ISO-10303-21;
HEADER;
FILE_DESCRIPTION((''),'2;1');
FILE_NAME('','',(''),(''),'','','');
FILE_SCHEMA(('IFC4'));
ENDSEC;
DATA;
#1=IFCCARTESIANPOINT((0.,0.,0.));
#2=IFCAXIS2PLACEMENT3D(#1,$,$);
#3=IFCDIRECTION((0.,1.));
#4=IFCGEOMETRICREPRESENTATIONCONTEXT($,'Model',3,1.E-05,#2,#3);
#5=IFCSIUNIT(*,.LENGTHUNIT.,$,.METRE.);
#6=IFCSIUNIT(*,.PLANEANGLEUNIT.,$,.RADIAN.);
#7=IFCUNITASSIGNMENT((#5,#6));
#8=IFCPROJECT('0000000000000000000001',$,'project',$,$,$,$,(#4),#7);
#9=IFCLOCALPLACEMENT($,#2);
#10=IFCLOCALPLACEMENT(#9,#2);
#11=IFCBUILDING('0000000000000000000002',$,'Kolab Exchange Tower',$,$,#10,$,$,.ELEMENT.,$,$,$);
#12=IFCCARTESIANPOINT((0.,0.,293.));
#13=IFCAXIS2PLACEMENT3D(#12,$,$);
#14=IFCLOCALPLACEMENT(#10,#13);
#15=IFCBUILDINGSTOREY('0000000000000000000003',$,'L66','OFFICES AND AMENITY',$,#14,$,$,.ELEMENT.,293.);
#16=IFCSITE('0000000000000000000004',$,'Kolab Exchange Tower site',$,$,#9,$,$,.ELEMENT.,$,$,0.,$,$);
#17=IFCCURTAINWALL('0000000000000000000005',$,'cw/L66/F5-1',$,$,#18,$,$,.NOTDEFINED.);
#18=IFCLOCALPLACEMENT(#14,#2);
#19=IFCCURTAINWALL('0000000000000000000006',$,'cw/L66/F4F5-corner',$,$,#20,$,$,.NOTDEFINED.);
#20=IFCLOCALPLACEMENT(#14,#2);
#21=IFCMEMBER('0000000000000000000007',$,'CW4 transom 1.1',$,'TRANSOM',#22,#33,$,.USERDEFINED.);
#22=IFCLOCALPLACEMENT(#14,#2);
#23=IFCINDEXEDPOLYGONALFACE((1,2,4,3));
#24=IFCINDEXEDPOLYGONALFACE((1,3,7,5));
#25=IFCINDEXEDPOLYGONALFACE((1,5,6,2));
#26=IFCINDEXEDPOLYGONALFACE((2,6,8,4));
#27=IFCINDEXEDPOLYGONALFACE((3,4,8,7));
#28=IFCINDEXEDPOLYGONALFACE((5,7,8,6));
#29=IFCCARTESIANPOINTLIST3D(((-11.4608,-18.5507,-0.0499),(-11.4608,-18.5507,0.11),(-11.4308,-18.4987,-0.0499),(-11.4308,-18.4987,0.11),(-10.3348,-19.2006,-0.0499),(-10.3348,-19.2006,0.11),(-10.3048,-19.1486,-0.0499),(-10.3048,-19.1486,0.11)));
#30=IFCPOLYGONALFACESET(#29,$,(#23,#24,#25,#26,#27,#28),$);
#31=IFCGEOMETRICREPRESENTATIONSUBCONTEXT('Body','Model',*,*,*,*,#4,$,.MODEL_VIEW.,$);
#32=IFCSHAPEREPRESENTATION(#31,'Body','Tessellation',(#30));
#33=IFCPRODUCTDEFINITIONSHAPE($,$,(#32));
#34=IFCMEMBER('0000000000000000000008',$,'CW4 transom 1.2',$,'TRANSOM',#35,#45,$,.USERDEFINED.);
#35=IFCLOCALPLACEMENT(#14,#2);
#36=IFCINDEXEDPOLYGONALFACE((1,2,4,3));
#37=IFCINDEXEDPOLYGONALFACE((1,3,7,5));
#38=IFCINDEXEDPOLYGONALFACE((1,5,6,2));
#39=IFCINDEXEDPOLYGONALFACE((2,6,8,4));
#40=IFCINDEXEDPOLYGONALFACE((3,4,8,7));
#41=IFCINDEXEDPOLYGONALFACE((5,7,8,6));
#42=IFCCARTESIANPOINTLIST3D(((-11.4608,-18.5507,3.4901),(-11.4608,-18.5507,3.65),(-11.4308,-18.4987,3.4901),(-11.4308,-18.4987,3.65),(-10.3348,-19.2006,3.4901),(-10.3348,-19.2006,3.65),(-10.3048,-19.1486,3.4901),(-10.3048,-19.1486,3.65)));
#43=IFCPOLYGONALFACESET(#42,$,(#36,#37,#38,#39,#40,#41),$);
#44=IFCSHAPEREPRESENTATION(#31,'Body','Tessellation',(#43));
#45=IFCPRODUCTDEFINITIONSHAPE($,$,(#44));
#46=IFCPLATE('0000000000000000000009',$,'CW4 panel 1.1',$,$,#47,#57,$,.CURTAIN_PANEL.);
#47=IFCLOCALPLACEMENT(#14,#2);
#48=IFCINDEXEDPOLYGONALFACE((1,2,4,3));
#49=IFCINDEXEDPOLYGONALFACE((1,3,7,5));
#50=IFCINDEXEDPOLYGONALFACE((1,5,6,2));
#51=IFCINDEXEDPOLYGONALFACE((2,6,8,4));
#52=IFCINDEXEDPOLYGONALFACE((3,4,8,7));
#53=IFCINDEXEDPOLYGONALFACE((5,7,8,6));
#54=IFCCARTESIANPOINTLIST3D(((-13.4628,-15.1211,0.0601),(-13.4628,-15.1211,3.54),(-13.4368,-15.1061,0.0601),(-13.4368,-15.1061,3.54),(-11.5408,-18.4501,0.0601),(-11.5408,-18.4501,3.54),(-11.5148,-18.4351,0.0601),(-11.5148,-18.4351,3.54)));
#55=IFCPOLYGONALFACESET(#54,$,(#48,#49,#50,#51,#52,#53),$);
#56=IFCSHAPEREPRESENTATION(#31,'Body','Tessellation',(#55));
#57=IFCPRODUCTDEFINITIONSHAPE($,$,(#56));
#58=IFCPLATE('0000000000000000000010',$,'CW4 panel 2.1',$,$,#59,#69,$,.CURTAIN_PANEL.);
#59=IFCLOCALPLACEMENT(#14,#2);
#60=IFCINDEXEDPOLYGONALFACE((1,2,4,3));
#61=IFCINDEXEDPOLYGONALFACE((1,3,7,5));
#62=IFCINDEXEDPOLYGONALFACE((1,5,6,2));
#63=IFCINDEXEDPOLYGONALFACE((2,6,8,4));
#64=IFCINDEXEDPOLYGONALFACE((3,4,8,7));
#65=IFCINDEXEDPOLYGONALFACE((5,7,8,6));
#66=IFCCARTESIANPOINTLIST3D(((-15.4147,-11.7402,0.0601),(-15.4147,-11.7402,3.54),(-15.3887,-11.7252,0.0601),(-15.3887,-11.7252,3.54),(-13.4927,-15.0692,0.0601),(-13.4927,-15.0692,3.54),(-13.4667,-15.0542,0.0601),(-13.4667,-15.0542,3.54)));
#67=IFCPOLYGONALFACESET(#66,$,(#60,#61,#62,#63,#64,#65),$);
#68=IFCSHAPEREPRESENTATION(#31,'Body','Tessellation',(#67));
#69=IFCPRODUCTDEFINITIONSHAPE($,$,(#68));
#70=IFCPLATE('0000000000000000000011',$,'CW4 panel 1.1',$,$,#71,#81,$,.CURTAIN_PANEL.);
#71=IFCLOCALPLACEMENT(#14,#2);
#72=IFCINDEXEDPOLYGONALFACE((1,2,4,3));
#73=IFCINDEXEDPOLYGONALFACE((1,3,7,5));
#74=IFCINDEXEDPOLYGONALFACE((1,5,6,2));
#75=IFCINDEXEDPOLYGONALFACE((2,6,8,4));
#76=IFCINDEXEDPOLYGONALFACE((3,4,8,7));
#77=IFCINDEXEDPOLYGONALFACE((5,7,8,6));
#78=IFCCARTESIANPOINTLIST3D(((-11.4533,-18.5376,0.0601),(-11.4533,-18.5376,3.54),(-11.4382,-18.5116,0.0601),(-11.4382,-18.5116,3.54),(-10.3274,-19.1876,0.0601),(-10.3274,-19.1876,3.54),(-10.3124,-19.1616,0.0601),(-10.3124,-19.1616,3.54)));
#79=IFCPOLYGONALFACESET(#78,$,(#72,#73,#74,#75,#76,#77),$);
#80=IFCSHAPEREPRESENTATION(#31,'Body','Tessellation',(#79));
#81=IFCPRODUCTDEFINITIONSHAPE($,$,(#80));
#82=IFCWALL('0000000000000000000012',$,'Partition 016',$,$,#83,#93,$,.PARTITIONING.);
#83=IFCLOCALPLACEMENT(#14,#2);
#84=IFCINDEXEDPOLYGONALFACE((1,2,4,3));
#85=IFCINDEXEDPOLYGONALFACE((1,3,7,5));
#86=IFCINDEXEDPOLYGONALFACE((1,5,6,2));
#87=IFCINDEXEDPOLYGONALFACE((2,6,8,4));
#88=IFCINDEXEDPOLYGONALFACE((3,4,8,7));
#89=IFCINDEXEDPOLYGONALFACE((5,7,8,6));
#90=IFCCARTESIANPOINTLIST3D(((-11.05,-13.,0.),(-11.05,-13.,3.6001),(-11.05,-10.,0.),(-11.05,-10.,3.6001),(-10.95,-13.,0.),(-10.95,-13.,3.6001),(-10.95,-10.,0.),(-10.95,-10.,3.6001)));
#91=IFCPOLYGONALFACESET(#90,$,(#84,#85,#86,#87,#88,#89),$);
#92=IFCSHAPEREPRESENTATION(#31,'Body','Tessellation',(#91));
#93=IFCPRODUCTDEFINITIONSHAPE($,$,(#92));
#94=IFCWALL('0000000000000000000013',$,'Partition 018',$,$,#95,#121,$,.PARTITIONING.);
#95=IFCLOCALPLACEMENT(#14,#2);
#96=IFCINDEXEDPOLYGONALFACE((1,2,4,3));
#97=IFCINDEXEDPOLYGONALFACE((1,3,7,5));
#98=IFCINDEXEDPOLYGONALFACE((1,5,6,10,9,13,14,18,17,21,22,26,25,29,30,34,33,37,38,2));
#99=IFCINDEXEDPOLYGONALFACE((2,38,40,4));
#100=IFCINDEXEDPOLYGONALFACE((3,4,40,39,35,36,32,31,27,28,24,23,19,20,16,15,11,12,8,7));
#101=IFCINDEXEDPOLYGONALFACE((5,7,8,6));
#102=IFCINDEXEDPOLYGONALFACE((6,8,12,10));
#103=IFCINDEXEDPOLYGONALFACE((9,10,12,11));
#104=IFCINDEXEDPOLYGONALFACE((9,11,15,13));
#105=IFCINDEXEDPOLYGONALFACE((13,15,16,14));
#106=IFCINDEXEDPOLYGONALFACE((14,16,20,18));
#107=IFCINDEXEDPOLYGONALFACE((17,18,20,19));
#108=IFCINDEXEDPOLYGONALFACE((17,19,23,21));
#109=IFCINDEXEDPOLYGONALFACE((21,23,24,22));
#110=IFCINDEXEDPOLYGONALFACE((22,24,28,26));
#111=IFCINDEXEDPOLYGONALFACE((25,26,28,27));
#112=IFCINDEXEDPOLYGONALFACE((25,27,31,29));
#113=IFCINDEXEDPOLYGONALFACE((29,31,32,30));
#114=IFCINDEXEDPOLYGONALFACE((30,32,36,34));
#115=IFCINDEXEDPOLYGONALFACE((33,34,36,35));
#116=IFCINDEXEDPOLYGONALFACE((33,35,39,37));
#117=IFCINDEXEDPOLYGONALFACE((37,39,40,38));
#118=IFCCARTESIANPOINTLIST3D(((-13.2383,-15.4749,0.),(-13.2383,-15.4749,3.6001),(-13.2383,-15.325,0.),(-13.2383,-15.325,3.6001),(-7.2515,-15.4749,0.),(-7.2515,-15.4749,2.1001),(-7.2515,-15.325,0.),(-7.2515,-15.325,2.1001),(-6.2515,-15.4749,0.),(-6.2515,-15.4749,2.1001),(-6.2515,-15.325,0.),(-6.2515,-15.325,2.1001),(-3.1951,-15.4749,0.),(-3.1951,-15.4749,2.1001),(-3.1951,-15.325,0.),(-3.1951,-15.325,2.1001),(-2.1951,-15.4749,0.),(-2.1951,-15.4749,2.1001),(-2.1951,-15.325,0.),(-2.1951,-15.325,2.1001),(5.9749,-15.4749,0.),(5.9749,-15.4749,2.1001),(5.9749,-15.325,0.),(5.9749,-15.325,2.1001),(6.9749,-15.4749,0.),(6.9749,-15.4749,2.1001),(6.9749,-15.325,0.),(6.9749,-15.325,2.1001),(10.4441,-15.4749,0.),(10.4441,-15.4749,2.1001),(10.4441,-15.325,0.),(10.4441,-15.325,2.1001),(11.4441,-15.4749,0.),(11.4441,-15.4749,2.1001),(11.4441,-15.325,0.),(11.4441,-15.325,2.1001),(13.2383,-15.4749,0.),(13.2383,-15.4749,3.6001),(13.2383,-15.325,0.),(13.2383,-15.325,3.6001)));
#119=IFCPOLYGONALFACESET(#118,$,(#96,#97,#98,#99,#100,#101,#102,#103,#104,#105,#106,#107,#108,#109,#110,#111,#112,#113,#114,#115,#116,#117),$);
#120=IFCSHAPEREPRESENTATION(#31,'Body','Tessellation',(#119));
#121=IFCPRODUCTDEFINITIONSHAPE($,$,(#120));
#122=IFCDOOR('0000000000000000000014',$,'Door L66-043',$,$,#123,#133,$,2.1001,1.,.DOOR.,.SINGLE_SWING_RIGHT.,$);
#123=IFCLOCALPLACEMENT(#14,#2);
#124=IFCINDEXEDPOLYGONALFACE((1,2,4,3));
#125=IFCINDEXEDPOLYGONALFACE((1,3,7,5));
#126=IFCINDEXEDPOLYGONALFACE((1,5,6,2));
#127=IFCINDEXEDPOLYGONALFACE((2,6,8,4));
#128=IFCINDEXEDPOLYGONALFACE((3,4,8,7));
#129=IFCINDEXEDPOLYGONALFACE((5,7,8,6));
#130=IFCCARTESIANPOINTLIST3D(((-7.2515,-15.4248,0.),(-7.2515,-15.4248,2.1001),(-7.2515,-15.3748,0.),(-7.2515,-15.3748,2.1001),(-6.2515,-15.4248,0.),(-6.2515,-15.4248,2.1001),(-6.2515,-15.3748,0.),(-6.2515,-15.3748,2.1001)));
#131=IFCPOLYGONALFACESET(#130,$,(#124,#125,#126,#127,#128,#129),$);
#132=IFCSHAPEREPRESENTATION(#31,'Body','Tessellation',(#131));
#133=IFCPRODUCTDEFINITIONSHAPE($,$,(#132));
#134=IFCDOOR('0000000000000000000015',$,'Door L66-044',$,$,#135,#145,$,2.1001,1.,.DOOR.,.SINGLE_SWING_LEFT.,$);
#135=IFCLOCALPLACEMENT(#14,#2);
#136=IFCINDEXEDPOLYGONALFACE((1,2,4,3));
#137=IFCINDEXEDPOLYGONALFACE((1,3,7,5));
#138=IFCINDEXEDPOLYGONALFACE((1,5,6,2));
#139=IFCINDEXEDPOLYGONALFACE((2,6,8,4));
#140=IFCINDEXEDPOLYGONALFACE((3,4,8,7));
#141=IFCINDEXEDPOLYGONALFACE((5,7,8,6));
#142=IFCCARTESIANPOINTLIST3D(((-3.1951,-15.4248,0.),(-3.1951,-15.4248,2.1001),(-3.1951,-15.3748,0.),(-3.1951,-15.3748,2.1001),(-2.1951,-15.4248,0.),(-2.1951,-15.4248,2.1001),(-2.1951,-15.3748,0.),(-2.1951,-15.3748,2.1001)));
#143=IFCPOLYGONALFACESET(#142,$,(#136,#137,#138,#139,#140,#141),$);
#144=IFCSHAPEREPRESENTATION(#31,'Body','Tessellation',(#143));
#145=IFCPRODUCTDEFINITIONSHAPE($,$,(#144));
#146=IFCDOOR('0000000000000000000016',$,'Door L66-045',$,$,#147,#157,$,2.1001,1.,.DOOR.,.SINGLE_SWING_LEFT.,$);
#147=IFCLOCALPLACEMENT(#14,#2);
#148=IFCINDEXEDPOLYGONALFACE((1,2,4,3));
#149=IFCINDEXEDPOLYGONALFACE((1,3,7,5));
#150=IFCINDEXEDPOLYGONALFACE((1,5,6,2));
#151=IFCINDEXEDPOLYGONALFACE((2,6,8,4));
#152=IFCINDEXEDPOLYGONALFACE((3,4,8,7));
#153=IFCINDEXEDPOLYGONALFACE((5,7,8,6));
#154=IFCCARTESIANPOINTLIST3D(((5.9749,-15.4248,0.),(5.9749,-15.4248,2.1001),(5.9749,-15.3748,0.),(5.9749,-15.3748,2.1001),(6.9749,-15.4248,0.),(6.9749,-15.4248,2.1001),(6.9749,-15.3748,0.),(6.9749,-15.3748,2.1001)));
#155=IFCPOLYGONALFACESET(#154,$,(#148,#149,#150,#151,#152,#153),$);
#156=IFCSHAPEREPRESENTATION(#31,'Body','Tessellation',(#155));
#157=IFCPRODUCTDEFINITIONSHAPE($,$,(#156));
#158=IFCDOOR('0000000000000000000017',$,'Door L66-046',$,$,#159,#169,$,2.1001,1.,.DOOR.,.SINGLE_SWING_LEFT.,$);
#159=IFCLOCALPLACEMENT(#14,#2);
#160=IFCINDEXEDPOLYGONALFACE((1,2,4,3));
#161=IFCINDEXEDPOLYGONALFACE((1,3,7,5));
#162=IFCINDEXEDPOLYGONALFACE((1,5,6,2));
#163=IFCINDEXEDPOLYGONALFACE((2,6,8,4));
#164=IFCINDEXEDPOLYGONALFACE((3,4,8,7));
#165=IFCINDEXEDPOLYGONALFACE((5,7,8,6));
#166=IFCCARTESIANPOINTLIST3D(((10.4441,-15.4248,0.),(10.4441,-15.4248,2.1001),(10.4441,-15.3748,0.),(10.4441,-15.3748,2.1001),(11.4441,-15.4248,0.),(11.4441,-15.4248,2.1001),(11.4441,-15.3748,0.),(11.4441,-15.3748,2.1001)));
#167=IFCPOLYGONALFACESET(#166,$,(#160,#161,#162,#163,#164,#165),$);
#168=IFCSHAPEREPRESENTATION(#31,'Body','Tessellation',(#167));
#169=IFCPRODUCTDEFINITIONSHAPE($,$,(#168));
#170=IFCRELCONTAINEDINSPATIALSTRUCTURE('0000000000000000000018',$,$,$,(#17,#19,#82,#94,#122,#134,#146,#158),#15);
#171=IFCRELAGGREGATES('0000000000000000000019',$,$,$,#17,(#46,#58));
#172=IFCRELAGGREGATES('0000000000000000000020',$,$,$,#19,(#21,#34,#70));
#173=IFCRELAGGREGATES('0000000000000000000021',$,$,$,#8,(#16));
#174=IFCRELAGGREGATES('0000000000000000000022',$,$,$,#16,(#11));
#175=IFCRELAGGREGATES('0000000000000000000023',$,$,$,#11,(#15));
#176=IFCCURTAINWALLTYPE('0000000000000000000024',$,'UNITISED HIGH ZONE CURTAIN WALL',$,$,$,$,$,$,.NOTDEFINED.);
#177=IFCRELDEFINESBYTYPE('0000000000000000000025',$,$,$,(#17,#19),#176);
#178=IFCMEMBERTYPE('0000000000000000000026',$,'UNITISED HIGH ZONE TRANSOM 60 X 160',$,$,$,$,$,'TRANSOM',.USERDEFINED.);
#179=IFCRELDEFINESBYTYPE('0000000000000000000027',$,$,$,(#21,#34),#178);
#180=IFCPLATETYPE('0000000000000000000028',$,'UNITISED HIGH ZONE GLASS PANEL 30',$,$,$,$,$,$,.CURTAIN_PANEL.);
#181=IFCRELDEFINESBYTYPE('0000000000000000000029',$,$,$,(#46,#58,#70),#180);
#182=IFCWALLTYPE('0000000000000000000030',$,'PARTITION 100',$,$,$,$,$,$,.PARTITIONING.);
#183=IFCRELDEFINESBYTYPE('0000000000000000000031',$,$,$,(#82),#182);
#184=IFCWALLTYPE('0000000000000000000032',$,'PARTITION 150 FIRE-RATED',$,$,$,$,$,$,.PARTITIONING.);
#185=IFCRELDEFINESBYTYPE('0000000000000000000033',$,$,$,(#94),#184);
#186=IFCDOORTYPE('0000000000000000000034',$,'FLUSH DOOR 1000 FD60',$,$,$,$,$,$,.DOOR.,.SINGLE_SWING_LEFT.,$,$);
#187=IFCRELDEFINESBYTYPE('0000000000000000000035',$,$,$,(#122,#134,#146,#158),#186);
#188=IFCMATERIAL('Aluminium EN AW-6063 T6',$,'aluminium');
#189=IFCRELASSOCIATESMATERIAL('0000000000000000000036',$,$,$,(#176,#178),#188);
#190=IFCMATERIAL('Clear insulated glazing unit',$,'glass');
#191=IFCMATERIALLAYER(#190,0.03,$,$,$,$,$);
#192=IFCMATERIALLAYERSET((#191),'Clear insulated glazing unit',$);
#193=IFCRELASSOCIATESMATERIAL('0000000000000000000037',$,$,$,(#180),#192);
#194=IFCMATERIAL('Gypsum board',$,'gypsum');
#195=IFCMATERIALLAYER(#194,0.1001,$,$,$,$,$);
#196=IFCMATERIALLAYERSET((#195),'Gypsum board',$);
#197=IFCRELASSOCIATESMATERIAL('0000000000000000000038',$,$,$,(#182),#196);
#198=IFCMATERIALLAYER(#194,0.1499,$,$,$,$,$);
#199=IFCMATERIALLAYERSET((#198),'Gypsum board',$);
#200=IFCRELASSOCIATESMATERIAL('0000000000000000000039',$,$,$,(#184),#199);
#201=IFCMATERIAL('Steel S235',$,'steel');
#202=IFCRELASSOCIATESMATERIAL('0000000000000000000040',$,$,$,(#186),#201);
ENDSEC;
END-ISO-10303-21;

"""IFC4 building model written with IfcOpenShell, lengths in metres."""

from ifc_helpers import new_model, si_unit, direction, frame, frame_2d, origin, origin_2d, place, context, subcontext, project, spatial, rectangle, extrude, material, layer, layer_set, material_profile, profile_set, type_object, element, fill, aggregate, save


model = new_model("IFC4")

# Units and contexts
model_context = context("Model", 3, precision=1e-05, world=origin(), true_north=direction((0.0, 1.0)))
body_context = subcontext(model_context, "Body", "Model", "MODEL_VIEW")
ifc_project = project(units=[si_unit("LENGTHUNIT", "METRE"), si_unit("PLANEANGLEUNIT", "RADIAN")], contexts=[model_context])

# Site, building, storey
site_placement = place(None, origin())
site = spatial("IfcSite", under=ifc_project, at=site_placement, Name="Kolab Exchange Tower site", CompositionType="ELEMENT", RefElevation=0.0)
building_placement = place(site_placement, origin())
building = spatial("IfcBuilding", under=site, at=building_placement, Name="Kolab Exchange Tower", CompositionType="ELEMENT")
storey_placement = place(building_placement, frame((0.0, 0.0, 293.0)))
storey = spatial("IfcBuildingStorey", under=building, at=storey_placement, Name="L66", Description="OFFICES AND AMENITY", CompositionType="ELEMENT", Elevation=293.0)

# Curtain wall
ifc_material_1 = material(Name="Aluminium EN AW-6063 T6", Category="aluminium")
curtain_wall_type = type_object("IfcCurtainWallType", Name="UNITISED HIGH ZONE CURTAIN WALL", PredefinedType="NOTDEFINED", material=ifc_material_1)
curtain_wall_1_placement = place(storey_placement, origin())
curtain_wall_1 = element("IfcCurtainWall", 1, at=curtain_wall_1_placement, inside=storey, type_object=curtain_wall_type, Name="cw/L66/F5-1", PredefinedType="NOTDEFINED")

# Curtain wall
curtain_wall_2_placement = place(storey_placement, origin())
curtain_wall_2 = element("IfcCurtainWall", 2, at=curtain_wall_2_placement, inside=storey, type_object=curtain_wall_type, Name="cw/L66/F4F5-corner", PredefinedType="NOTDEFINED")

# Members
ifc_material_profile_1 = material_profile(ifc_material_1, rectangle(XDim=0.0601, YDim=0.1599, at=origin_2d()), Name="RECT 60X160")
ifc_profile_set_1 = profile_set([ifc_material_profile_1], Name="Aluminium EN AW-6063 T6")
member_type_1 = type_object("IfcMemberType", Name="UNITISED HIGH ZONE TRANSOM 60 X 160", ElementType="TRANSOM", PredefinedType="USERDEFINED", material=ifc_profile_set_1)
member_1_placement = place(storey_placement, frame((-10.3198, -19.1746, 0.03), z_axis=(-0.866086, 0.499896, 0.0), x_axis=(-0.499896, -0.866086, 0.0)))
member_1 = element("IfcMember", 3, at=member_1_placement, type_object=member_type_1, Name="CW4 transom 1.1", ObjectType="TRANSOM", PredefinedType="USERDEFINED", context=body_context, shape_type="SweptSolid", body=[
    extrude(rectangle(XDim=0.0601, YDim=0.1599, at=origin_2d()), origin(), (0.0, 0.0, 1.0), 1.3),
])
member_2_placement = place(storey_placement, frame((-10.3198, -19.1746, 3.5701), z_axis=(-0.866086, 0.499896, 0.0), x_axis=(-0.499896, -0.866086, 0.0)))
member_2 = element("IfcMember", 4, at=member_2_placement, type_object=member_type_1, Name="CW4 transom 1.2", ObjectType="TRANSOM", PredefinedType="USERDEFINED", context=body_context, shape_type="SweptSolid", body=[
    extrude(rectangle(XDim=0.0601, YDim=0.1599, at=origin_2d()), origin(), (0.0, 0.0, 1.0), 1.3),
])

# Plates
ifc_material_2 = material(Name="Clear insulated glazing unit", Category="glass")
ifc_layer_1 = layer(ifc_material_2, 0.03)
ifc_layer_set_1 = layer_set([ifc_layer_1], Name="Clear insulated glazing unit")
plate_type = type_object("IfcPlateType", Name="UNITISED HIGH ZONE GLASS PANEL 30", PredefinedType="CURTAIN_PANEL", material=ifc_layer_set_1)
plate_1_placement = place(storey_placement, frame((-12.4888, -16.7781, 0.0601), z_axis=(0.0, 0.0, 1.0), x_axis=(-0.5, 0.866025, 0.0)))
plate_1 = element("IfcPlate", 5, at=plate_1_placement, type_object=plate_type, Name="CW4 panel 1.1", PredefinedType="CURTAIN_PANEL", context=body_context, shape_type="SweptSolid", body=[
    extrude(rectangle(XDim=3.844, YDim=0.03, at=origin_2d()), origin(), (0.0, 0.0, 1.0), 3.48),
])
plate_2_placement = place(storey_placement, frame((-14.4407, -13.3972, 0.0601), z_axis=(0.0, 0.0, 1.0), x_axis=(-0.5, 0.866025, 0.0)))
plate_2 = element("IfcPlate", 6, at=plate_2_placement, type_object=plate_type, Name="CW4 panel 2.1", PredefinedType="CURTAIN_PANEL", context=body_context, shape_type="SweptSolid", body=[
    extrude(rectangle(XDim=3.844, YDim=0.03, at=origin_2d()), origin(), (0.0, 0.0, 1.0), 3.48),
])
aggregate(curtain_wall_1, [plate_1, plate_2])
plate_3_placement = place(storey_placement, frame((-10.8828, -18.8496, 0.0601), z_axis=(0.0, 0.0, 1.0), x_axis=(-0.866025, 0.5, 0.0)))
plate_3 = element("IfcPlate", 7, at=plate_3_placement, type_object=plate_type, Name="CW4 panel 1.1", PredefinedType="CURTAIN_PANEL", context=body_context, shape_type="SweptSolid", body=[
    extrude(rectangle(XDim=1.3, YDim=0.03, at=origin_2d()), origin(), (0.0, 0.0, 1.0), 3.48),
])
aggregate(curtain_wall_2, [member_1, member_2, plate_3])

# Wall
ifc_material_3 = material(Name="Gypsum board", Category="gypsum")
ifc_layer_2 = layer(ifc_material_3, 0.1001)
ifc_layer_set_2 = layer_set([ifc_layer_2], Name="Gypsum board")
wall_type_1 = type_object("IfcWallType", Name="PARTITION 100", PredefinedType="PARTITIONING", material=ifc_layer_set_2)
wall_1_placement = place(storey_placement, frame((-11.0, -13.0, 0.0), z_axis=(0.0, 0.0, 1.0), x_axis=(0.0, 1.0, 0.0)))
element("IfcWall", 8, at=wall_1_placement, inside=storey, type_object=wall_type_1, Name="Partition 016", PredefinedType="PARTITIONING", context=body_context, shape_type="SweptSolid", body=[
    extrude(rectangle(XDim=3.0, YDim=0.1001, at=frame_2d((1.5, 0.0))), origin(), (0.0, 0.0, 1.0), 3.6001),
])

# Wall, openings, doors
ifc_layer_3 = layer(ifc_material_3, 0.1499)
ifc_layer_set_3 = layer_set([ifc_layer_3], Name="Gypsum board")
wall_type_2 = type_object("IfcWallType", Name="PARTITION 150 FIRE-RATED", PredefinedType="PARTITIONING", material=ifc_layer_set_3)
wall_2_placement = place(storey_placement, frame((-13.2383, -15.3999, 0.0), z_axis=(0.0, 0.0, 1.0), x_axis=(1.0, 0.0, 0.0)))
wall_2 = element("IfcWall", 9, at=wall_2_placement, inside=storey, type_object=wall_type_2, Name="Partition 018", PredefinedType="PARTITIONING", context=body_context, shape_type="SweptSolid", body=[
    extrude(rectangle(XDim=26.4766, YDim=0.1499, at=frame_2d((13.2383, 0.0))), origin(), (0.0, 0.0, 1.0), 3.6001),
])
opening_1_placement = place(wall_2_placement, frame((5.9868, 0.0, 0.0)))
opening_1 = element("IfcOpeningElement", 10, at=opening_1_placement, cuts=wall_2, PredefinedType="OPENING", context=body_context, shape_type="SweptSolid", body=[
    extrude(rectangle(XDim=1.0, YDim=2.1001, at=frame_2d((0.5, 1.05))), frame((0.0, 0.085, 0.0), z_axis=(0.0, -1.0, 0.0), x_axis=(1.0, 0.0, 0.0)), (0.0, 0.0, 1.0), 0.1699),
])
opening_2_placement = place(wall_2_placement, frame((10.0432, 0.0, 0.0)))
opening_2 = element("IfcOpeningElement", 11, at=opening_2_placement, cuts=wall_2, PredefinedType="OPENING", context=body_context, shape_type="SweptSolid", body=[
    extrude(rectangle(XDim=1.0, YDim=2.1001, at=frame_2d((0.5, 1.05))), frame((0.0, 0.085, 0.0), z_axis=(0.0, -1.0, 0.0), x_axis=(1.0, 0.0, 0.0)), (0.0, 0.0, 1.0), 0.1699),
])
opening_3_placement = place(wall_2_placement, frame((19.2131, 0.0, 0.0)))
opening_3 = element("IfcOpeningElement", 12, at=opening_3_placement, cuts=wall_2, PredefinedType="OPENING", context=body_context, shape_type="SweptSolid", body=[
    extrude(rectangle(XDim=1.0, YDim=2.1001, at=frame_2d((0.5, 1.05))), frame((0.0, 0.085, 0.0), z_axis=(0.0, -1.0, 0.0), x_axis=(1.0, 0.0, 0.0)), (0.0, 0.0, 1.0), 0.1699),
])
opening_4_placement = place(wall_2_placement, frame((23.6824, 0.0, 0.0)))
opening_4 = element("IfcOpeningElement", 13, at=opening_4_placement, cuts=wall_2, PredefinedType="OPENING", context=body_context, shape_type="SweptSolid", body=[
    extrude(rectangle(XDim=1.0, YDim=2.1001, at=frame_2d((0.5, 1.05))), frame((0.0, 0.085, 0.0), z_axis=(0.0, -1.0, 0.0), x_axis=(1.0, 0.0, 0.0)), (0.0, 0.0, 1.0), 0.1699),
])
ifc_material_4 = material(Name="Steel S235", Category="steel")
door_type = type_object("IfcDoorType", Name="FLUSH DOOR 1000 FD60", OperationType="SINGLE_SWING_LEFT", PredefinedType="DOOR", material=ifc_material_4)
door_1_placement = place(opening_1_placement, frame((1.0, 0.0, 0.0), z_axis=(0.0, 0.0, 1.0), x_axis=(-1.0, 0.0, 0.0)))
door_1 = element("IfcDoor", 14, at=door_1_placement, inside=storey, type_object=door_type, Name="Door L66-043", OperationType="SINGLE_SWING_RIGHT", OverallHeight=2.1001, OverallWidth=1.0, PredefinedType="DOOR", context=body_context, shape_type="SweptSolid", body=[
    extrude(rectangle(XDim=1.0, YDim=2.1001, at=frame_2d((0.5, 1.05))), frame((0.0, 0.0249, 0.0), z_axis=(0.0, -1.0, 0.0), x_axis=(1.0, 0.0, 0.0)), (0.0, 0.0, 1.0), 0.05),
])
fill(opening_1, door_1)
door_2_placement = place(opening_2_placement, frame((1.0, 0.0, 0.0), z_axis=(0.0, 0.0, 1.0), x_axis=(-1.0, 0.0, 0.0)))
door_2 = element("IfcDoor", 15, at=door_2_placement, inside=storey, type_object=door_type, Name="Door L66-044", OperationType="SINGLE_SWING_LEFT", OverallHeight=2.1001, OverallWidth=1.0, PredefinedType="DOOR", context=body_context, shape_type="SweptSolid", body=[
    extrude(rectangle(XDim=1.0, YDim=2.1001, at=frame_2d((0.5, 1.05))), frame((0.0, 0.0249, 0.0), z_axis=(0.0, -1.0, 0.0), x_axis=(1.0, 0.0, 0.0)), (0.0, 0.0, 1.0), 0.05),
])
fill(opening_2, door_2)
door_3_placement = place(opening_3_placement, frame((1.0, 0.0, 0.0), z_axis=(0.0, 0.0, 1.0), x_axis=(-1.0, 0.0, 0.0)))
door_3 = element("IfcDoor", 16, at=door_3_placement, inside=storey, type_object=door_type, Name="Door L66-045", OperationType="SINGLE_SWING_LEFT", OverallHeight=2.1001, OverallWidth=1.0, PredefinedType="DOOR", context=body_context, shape_type="SweptSolid", body=[
    extrude(rectangle(XDim=1.0, YDim=2.1001, at=frame_2d((0.5, 1.05))), frame((0.0, 0.0249, 0.0), z_axis=(0.0, -1.0, 0.0), x_axis=(1.0, 0.0, 0.0)), (0.0, 0.0, 1.0), 0.05),
])
fill(opening_3, door_3)
door_4_placement = place(opening_4_placement, frame((1.0, 0.0, 0.0), z_axis=(0.0, 0.0, 1.0), x_axis=(-1.0, 0.0, 0.0)))
door_4 = element("IfcDoor", 17, at=door_4_placement, inside=storey, type_object=door_type, Name="Door L66-046", OperationType="SINGLE_SWING_LEFT", OverallHeight=2.1001, OverallWidth=1.0, PredefinedType="DOOR", context=body_context, shape_type="SweptSolid", body=[
    extrude(rectangle(XDim=1.0, YDim=2.1001, at=frame_2d((0.5, 1.05))), frame((0.0, 0.0249, 0.0), z_axis=(0.0, -1.0, 0.0), x_axis=(1.0, 0.0, 0.0)), (0.0, 0.0, 1.0), 0.05),
])
fill(opening_4, door_4)

save(model, "model.ifc")
